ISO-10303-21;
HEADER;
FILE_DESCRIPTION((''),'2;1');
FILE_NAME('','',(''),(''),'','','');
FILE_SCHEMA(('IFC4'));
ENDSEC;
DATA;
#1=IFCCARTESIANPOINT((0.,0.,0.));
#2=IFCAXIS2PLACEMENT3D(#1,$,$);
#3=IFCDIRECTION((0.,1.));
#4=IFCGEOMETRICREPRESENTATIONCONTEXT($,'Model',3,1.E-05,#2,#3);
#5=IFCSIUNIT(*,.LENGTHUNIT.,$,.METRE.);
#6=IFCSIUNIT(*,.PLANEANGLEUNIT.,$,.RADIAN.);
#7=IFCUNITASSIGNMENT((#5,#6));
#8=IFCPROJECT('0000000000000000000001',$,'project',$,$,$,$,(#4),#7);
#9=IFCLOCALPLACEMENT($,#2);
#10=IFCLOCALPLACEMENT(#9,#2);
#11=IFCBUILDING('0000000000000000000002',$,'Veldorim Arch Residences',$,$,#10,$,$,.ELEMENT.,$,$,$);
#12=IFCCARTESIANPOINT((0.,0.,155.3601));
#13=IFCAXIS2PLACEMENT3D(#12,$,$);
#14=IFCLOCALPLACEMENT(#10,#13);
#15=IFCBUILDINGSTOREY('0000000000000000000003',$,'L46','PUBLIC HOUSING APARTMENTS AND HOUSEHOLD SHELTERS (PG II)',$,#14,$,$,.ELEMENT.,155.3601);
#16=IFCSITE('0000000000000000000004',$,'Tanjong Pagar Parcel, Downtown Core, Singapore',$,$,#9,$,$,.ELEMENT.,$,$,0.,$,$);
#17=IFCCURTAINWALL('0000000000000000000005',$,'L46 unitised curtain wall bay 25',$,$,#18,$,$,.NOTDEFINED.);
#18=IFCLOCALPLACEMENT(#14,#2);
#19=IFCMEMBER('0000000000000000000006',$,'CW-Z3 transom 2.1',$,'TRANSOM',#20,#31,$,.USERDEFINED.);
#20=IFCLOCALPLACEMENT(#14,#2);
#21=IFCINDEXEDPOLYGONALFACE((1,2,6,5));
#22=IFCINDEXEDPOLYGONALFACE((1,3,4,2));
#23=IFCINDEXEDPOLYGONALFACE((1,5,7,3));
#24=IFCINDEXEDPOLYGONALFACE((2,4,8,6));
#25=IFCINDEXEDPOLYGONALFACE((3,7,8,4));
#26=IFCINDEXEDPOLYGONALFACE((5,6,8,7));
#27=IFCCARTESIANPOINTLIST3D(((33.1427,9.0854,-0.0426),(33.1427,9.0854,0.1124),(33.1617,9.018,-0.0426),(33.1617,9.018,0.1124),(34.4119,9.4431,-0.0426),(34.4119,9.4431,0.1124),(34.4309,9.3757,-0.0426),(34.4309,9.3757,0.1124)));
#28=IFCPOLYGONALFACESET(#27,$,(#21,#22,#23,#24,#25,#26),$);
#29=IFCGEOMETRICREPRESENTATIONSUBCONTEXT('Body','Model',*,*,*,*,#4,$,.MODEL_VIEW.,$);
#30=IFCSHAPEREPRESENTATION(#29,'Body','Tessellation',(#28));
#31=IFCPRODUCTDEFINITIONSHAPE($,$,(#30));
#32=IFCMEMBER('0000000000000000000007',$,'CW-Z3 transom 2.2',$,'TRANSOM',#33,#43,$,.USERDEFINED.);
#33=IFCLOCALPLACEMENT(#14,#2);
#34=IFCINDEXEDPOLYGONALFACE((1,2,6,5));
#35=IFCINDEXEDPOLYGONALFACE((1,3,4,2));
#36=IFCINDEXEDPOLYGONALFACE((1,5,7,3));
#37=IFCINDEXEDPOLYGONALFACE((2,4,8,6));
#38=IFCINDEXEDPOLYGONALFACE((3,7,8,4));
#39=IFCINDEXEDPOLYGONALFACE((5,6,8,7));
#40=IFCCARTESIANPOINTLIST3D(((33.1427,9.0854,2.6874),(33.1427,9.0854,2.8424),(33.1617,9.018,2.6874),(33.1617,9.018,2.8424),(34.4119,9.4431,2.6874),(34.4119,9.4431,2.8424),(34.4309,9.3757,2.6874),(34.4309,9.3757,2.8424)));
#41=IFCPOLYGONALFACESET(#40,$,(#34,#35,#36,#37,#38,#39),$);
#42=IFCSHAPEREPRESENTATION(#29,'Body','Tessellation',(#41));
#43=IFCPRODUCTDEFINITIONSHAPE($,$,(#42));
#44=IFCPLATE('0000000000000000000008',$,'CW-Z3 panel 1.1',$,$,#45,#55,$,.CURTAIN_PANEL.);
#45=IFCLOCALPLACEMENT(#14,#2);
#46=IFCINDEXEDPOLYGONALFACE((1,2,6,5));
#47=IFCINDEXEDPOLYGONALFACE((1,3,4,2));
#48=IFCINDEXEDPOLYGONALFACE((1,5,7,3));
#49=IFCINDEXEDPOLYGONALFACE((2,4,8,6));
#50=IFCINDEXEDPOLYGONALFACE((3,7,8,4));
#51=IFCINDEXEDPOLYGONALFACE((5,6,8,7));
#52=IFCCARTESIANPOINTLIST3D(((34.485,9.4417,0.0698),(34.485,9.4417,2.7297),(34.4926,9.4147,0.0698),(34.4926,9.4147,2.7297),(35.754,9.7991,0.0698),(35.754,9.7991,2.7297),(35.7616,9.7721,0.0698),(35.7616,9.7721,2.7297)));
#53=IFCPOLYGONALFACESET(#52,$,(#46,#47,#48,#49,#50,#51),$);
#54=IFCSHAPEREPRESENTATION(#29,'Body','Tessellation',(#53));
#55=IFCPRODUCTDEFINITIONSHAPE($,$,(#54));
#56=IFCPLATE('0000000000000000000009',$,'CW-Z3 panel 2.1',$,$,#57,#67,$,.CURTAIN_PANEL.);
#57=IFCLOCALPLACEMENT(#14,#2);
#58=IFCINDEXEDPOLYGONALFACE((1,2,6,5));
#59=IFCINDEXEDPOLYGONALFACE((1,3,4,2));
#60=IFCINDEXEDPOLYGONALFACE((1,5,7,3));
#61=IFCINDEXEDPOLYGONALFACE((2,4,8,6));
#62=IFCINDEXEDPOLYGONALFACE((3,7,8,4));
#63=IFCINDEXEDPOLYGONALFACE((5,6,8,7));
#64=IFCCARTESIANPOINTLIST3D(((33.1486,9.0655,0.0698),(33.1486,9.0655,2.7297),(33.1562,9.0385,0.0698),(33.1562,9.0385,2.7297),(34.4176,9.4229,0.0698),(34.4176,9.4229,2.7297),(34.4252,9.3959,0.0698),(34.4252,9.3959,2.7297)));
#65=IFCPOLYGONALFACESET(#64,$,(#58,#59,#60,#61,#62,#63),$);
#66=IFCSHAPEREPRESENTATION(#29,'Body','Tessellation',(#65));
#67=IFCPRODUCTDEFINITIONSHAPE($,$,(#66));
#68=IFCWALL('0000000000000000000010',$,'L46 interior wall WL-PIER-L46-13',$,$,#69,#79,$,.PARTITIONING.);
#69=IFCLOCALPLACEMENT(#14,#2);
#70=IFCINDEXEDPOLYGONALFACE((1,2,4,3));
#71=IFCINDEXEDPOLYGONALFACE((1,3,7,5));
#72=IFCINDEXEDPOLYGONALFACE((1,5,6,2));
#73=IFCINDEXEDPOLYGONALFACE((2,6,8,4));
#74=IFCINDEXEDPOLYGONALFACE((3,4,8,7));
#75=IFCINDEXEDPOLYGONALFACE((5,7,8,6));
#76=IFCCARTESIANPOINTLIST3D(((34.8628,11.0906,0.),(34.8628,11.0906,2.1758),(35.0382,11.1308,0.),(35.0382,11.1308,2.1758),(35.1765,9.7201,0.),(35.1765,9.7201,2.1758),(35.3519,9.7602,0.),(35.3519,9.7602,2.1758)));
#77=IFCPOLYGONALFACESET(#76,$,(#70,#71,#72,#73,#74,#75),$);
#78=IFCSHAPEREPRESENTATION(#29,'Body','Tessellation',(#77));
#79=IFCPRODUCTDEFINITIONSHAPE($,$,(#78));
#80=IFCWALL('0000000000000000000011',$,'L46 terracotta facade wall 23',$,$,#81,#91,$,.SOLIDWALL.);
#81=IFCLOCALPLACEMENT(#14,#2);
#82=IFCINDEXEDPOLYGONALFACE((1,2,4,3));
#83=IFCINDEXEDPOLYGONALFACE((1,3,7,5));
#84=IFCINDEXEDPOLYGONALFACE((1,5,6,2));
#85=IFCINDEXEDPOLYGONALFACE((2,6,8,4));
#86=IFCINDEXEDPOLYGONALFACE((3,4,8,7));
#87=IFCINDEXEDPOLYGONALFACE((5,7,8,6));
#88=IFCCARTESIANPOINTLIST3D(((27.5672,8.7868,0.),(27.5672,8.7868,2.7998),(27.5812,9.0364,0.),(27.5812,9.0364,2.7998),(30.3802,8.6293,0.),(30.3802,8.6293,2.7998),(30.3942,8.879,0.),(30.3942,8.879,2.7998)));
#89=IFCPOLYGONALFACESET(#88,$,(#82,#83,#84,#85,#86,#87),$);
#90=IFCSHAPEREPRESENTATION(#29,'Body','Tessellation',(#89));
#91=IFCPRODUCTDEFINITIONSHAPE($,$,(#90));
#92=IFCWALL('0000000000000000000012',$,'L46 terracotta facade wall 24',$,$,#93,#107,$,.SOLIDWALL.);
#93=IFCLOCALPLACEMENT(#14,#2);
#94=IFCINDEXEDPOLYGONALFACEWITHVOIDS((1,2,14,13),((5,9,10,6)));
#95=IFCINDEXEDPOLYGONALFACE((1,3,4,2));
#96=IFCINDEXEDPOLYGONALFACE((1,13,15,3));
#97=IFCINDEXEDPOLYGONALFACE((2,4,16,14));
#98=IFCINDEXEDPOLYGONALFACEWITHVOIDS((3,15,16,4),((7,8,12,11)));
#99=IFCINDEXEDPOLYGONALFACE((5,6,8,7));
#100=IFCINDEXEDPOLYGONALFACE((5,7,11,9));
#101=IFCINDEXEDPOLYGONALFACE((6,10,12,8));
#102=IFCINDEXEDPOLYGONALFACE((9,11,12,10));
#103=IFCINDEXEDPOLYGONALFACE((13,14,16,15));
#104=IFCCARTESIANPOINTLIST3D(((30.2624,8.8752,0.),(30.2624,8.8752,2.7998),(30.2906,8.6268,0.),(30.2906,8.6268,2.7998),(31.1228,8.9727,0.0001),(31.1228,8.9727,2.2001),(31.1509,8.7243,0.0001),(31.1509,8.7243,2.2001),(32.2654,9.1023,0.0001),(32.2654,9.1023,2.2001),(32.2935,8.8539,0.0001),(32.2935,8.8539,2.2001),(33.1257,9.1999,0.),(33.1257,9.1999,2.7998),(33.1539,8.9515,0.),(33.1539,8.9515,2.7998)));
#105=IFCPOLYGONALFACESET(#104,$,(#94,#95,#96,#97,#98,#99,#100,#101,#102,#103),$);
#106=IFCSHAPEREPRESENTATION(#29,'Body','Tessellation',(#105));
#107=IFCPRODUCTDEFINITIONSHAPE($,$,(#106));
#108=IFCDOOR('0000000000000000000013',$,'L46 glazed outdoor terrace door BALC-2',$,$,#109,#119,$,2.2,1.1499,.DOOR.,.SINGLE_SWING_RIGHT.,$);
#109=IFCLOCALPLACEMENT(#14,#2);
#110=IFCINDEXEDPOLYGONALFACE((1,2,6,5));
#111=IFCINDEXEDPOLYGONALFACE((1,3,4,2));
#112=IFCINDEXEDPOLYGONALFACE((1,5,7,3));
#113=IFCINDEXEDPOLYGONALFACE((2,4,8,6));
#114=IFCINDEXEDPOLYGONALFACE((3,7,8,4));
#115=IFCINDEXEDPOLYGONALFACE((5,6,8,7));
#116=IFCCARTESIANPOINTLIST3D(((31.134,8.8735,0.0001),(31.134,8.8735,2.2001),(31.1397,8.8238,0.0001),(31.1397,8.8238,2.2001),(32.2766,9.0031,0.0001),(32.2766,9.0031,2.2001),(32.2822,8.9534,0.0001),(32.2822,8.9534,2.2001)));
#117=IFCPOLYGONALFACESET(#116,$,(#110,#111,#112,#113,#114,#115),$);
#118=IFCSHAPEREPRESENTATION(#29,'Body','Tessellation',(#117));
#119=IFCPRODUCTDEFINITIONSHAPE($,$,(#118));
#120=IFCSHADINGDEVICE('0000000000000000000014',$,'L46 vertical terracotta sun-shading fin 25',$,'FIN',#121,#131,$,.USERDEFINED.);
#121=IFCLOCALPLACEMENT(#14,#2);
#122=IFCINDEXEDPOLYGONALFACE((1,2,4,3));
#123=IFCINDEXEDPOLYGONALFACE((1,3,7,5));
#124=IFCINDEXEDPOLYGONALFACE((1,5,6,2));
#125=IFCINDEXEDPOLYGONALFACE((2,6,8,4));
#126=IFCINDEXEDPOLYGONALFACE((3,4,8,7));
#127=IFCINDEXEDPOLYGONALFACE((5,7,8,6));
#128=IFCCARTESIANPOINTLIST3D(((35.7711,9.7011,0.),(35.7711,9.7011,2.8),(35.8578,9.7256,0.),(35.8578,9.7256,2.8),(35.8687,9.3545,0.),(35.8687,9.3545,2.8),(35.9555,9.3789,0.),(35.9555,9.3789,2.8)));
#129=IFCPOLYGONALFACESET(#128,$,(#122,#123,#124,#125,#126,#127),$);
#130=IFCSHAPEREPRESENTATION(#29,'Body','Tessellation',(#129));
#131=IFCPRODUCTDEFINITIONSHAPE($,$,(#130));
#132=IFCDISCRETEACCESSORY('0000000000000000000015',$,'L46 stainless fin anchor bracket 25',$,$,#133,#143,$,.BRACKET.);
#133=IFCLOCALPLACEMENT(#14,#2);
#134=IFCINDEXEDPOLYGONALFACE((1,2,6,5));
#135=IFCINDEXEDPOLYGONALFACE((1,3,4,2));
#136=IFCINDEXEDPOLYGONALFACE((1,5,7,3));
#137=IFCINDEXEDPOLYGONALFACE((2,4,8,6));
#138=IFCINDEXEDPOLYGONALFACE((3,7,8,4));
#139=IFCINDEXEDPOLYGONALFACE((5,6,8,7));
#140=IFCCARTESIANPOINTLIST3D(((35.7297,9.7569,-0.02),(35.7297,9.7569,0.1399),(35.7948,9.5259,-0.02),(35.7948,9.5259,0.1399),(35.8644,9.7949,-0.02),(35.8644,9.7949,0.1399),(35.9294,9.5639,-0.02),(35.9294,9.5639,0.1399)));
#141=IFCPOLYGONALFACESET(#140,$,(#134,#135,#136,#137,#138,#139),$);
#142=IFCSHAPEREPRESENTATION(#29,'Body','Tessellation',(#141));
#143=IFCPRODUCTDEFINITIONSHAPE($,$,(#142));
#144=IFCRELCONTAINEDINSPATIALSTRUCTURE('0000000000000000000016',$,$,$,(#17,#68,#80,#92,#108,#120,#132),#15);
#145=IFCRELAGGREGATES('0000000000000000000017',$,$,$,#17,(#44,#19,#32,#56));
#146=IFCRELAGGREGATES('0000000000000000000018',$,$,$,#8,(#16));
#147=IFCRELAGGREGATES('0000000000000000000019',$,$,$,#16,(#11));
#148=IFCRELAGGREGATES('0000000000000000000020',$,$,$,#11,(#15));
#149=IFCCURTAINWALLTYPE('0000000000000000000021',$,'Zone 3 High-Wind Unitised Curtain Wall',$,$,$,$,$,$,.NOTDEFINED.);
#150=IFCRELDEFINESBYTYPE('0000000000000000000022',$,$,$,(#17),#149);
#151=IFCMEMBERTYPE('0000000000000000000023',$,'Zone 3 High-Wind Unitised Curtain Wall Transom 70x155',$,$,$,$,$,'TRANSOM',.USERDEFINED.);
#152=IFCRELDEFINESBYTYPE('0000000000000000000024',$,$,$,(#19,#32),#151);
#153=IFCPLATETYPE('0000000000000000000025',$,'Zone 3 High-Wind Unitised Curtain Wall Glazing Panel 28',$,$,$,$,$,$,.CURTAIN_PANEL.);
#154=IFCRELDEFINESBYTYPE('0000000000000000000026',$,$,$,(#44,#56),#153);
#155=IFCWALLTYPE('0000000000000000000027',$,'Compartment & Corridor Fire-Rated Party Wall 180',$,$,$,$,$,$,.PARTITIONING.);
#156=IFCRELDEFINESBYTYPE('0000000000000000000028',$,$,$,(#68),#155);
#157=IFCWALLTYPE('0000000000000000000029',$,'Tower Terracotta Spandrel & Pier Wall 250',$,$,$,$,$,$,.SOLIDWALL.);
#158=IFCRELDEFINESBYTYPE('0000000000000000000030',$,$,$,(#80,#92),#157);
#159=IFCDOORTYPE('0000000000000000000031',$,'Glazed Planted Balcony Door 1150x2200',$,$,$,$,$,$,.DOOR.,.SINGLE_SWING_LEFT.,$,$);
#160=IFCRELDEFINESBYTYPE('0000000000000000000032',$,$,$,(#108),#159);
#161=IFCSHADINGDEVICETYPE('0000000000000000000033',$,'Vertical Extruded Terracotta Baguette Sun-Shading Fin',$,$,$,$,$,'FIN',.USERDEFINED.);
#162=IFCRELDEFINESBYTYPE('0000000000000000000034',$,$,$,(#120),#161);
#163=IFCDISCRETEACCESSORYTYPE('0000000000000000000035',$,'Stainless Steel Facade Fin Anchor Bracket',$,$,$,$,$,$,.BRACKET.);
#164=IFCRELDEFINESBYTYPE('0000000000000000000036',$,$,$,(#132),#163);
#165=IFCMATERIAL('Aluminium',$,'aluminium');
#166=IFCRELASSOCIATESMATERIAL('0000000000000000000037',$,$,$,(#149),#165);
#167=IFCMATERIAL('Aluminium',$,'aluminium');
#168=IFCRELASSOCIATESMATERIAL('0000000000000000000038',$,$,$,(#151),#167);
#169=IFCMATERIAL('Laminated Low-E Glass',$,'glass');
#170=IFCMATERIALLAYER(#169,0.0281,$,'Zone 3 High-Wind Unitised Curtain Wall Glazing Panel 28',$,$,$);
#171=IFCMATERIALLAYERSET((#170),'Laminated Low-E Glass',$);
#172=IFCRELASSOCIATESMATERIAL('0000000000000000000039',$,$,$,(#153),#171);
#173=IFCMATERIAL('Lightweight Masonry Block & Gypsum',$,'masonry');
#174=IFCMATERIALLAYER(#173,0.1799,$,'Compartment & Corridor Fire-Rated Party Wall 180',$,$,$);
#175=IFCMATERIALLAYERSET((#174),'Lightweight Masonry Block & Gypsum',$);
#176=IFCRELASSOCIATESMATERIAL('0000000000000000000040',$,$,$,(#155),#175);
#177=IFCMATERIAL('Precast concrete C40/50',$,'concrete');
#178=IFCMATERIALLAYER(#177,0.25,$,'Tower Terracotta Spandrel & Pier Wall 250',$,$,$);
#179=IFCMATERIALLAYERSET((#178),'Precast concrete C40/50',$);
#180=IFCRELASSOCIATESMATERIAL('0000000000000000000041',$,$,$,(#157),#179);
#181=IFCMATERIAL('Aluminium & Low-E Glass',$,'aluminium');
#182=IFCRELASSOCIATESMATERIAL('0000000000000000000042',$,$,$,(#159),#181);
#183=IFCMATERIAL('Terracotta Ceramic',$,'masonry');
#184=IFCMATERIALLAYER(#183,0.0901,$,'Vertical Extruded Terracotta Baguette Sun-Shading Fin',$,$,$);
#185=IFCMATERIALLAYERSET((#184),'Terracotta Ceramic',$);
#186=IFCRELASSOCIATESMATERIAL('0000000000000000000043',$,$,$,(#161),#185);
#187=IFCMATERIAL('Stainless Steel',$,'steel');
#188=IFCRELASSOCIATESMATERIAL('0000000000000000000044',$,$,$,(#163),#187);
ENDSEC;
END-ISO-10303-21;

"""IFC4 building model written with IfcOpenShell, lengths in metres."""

from ifc_helpers import new_model, si_unit, direction, frame, frame_2d, origin, origin_2d, place, context, subcontext, project, spatial, rectangle, extrude, material, layer, layer_set, material_profile, profile_set, type_object, element, fill, aggregate, save


model = new_model("IFC4")

# Units and contexts
model_context = context("Model", 3, precision=1e-05, world=origin(), true_north=direction((0.0, 1.0)))
body_context = subcontext(model_context, "Body", "Model", "MODEL_VIEW")
ifc_project = project(units=[si_unit("LENGTHUNIT", "METRE"), si_unit("PLANEANGLEUNIT", "RADIAN")], contexts=[model_context])

# Site, building, storey
site_placement = place(None, origin())
site = spatial("IfcSite", under=ifc_project, at=site_placement, Name="Tanjong Pagar Parcel, Downtown Core, Singapore", CompositionType="ELEMENT", RefElevation=0.0)
building_placement = place(site_placement, origin())
building = spatial("IfcBuilding", under=site, at=building_placement, Name="Veldorim Arch Residences", CompositionType="ELEMENT")
storey_placement = place(building_placement, frame((0.0, 0.0, 155.3601)))
storey = spatial("IfcBuildingStorey", under=building, at=storey_placement, Name="L46", Description="PUBLIC HOUSING APARTMENTS AND HOUSEHOLD SHELTERS (PG II)", CompositionType="ELEMENT", Elevation=155.3601)

# Curtain wall, members, plates
ifc_material_1 = material(Name="Aluminium", Category="aluminium")
curtain_wall_type = type_object("IfcCurtainWallType", Name="Zone 3 High-Wind Unitised Curtain Wall", PredefinedType="NOTDEFINED", material=ifc_material_1)
curtain_wall_placement = place(storey_placement, origin())
curtain_wall = element("IfcCurtainWall", 1, at=curtain_wall_placement, inside=storey, type_object=curtain_wall_type, Name="L46 unitised curtain wall bay 25", PredefinedType="NOTDEFINED")
ifc_material_2 = material(Name="Aluminium", Category="aluminium")
ifc_material_profile_1 = material_profile(ifc_material_2, rectangle(XDim=0.0701, YDim=0.155, at=origin_2d()), Name="ALU_TRN_70x155")
ifc_profile_set_1 = profile_set([ifc_material_profile_1], Name="Aluminium")
member_type_1 = type_object("IfcMemberType", Name="Zone 3 High-Wind Unitised Curtain Wall Transom 70x155", ElementType="TRANSOM", PredefinedType="USERDEFINED", material=ifc_profile_set_1)
member_1_placement = place(storey_placement, frame((34.4214, 9.4094, 0.0349), z_axis=(-0.962503, -0.271271, 0.0), x_axis=(0.271271, -0.962503, 0.0)))
member_1 = element("IfcMember", 2, at=member_1_placement, type_object=member_type_1, Name="CW-Z3 transom 2.1", ObjectType="TRANSOM", PredefinedType="USERDEFINED", context=body_context, shape_type="SweptSolid", body=[
    extrude(rectangle(XDim=0.0701, YDim=0.155, at=origin_2d()), origin(), (0.0, 0.0, 1.0), 1.3186),
])
member_2_placement = place(storey_placement, frame((34.4214, 9.4094, 2.7649), z_axis=(-0.962503, -0.271271, 0.0), x_axis=(0.271271, -0.962503, 0.0)))
member_2 = element("IfcMember", 3, at=member_2_placement, type_object=member_type_1, Name="CW-Z3 transom 2.2", ObjectType="TRANSOM", PredefinedType="USERDEFINED", context=body_context, shape_type="SweptSolid", body=[
    extrude(rectangle(XDim=0.0701, YDim=0.155, at=origin_2d()), origin(), (0.0, 0.0, 1.0), 1.3186),
])
ifc_material_3 = material(Name="Laminated Low-E Glass", Category="glass")
ifc_layer_1 = layer(ifc_material_3, 0.0281, Name="Zone 3 High-Wind Unitised Curtain Wall Glazing Panel 28")
ifc_layer_set_1 = layer_set([ifc_layer_1], Name="Laminated Low-E Glass")
plate_type = type_object("IfcPlateType", Name="Zone 3 High-Wind Unitised Curtain Wall Glazing Panel 28", PredefinedType="CURTAIN_PANEL", material=ifc_layer_set_1)
plate_1_placement = place(storey_placement, frame((35.1233, 9.6069, 0.0698), z_axis=(0.0, 0.0, 1.0), x_axis=(-0.962551, -0.271101, 0.0)))
plate_1 = element("IfcPlate", 4, at=plate_1_placement, type_object=plate_type, Name="CW-Z3 panel 1.1", PredefinedType="CURTAIN_PANEL", context=body_context, shape_type="SweptSolid", body=[
    extrude(rectangle(XDim=1.3184, YDim=0.0281, at=origin_2d()), origin(), (0.0, 0.0, 1.0), 2.6599),
])
plate_2_placement = place(storey_placement, frame((33.7869, 9.2307, 0.0698), z_axis=(0.0, 0.0, 1.0), x_axis=(-0.962551, -0.271101, 0.0)))
plate_2 = element("IfcPlate", 5, at=plate_2_placement, type_object=plate_type, Name="CW-Z3 panel 2.1", PredefinedType="CURTAIN_PANEL", context=body_context, shape_type="SweptSolid", body=[
    extrude(rectangle(XDim=1.3184, YDim=0.0281, at=origin_2d()), origin(), (0.0, 0.0, 1.0), 2.6599),
])
aggregate(curtain_wall, [plate_1, member_1, member_2, plate_2])

# Walls
ifc_material_4 = material(Name="Lightweight Masonry Block & Gypsum", Category="masonry")
ifc_layer_2 = layer(ifc_material_4, 0.1799, Name="Compartment & Corridor Fire-Rated Party Wall 180")
ifc_layer_set_2 = layer_set([ifc_layer_2], Name="Lightweight Masonry Block & Gypsum")
wall_type_1 = type_object("IfcWallType", Name="Compartment & Corridor Fire-Rated Party Wall 180", PredefinedType="PARTITIONING", material=ifc_layer_set_2)
wall_1_placement = place(storey_placement, frame((34.9504, 11.1108, 0.0), z_axis=(0.0, 0.0, 1.0), x_axis=(0.223122, -0.974791, 0.0)))
element("IfcWall", 6, at=wall_1_placement, inside=storey, type_object=wall_type_1, Name="L46 interior wall WL-PIER-L46-13", PredefinedType="PARTITIONING", context=body_context, shape_type="SweptSolid", body=[
    extrude(rectangle(XDim=1.406, YDim=0.1799, at=frame_2d((0.7031, 0.0))), origin(), (0.0, 0.0, 1.0), 2.1758),
])
ifc_material_5 = material(Name="Precast concrete C40/50", Category="concrete")
ifc_layer_3 = layer(ifc_material_5, 0.25, Name="Tower Terracotta Spandrel & Pier Wall 250")
ifc_layer_set_3 = layer_set([ifc_layer_3], Name="Precast concrete C40/50")
wall_type_2 = type_object("IfcWallType", Name="Tower Terracotta Spandrel & Pier Wall 250", PredefinedType="SOLIDWALL", material=ifc_layer_set_3)
wall_2_placement = place(storey_placement, frame((30.3872, 8.7542, 0.0), z_axis=(0.0, 0.0, 1.0), x_axis=(-0.998437, 0.055892, 0.0)))
element("IfcWall", 7, at=wall_2_placement, inside=storey, type_object=wall_type_2, Name="L46 terracotta facade wall 23", PredefinedType="SOLIDWALL", context=body_context, shape_type="SweptSolid", body=[
    extrude(rectangle(XDim=2.8174, YDim=0.25, at=frame_2d((1.4087, 0.0))), origin(), (0.0, 0.0, 1.0), 2.7998),
])

# Wall, opening, door
wall_3_placement = place(storey_placement, frame((33.1399, 9.0757, 0.0), z_axis=(0.0, 0.0, 1.0), x_axis=(-0.993631, -0.112682, 0.0)))
wall_3 = element("IfcWall", 8, at=wall_3_placement, inside=storey, type_object=wall_type_2, Name="L46 terracotta facade wall 24", PredefinedType="SOLIDWALL", context=body_context, shape_type="SweptSolid", body=[
    extrude(rectangle(XDim=2.8816, YDim=0.25, at=frame_2d((1.4409, 0.0))), origin(), (0.0, 0.0, 1.0), 2.7998),
])
opening_placement = place(wall_3_placement, frame((0.866, 0.0, 0.0)))
opening = element("IfcOpeningElement", 9, at=opening_placement, cuts=wall_3, PredefinedType="OPENING", context=body_context, shape_type="SweptSolid", body=[
    extrude(rectangle(XDim=1.1499, YDim=2.2, at=frame_2d((0.575, 1.1001))), frame((0.0, 0.135, 0.0), z_axis=(0.0, -1.0, 0.0), x_axis=(1.0, 0.0, 0.0)), (0.0, 0.0, 1.0), 0.27),
])
ifc_material_6 = material(Name="Aluminium & Low-E Glass", Category="aluminium")
door_type = type_object("IfcDoorType", Name="Glazed Planted Balcony Door 1150x2200", OperationType="SINGLE_SWING_LEFT", PredefinedType="DOOR", material=ifc_material_6)
door_placement = place(opening_placement, origin())
door = element("IfcDoor", 10, at=door_placement, inside=storey, type_object=door_type, Name="L46 glazed outdoor terrace door BALC-2", OperationType="SINGLE_SWING_RIGHT", OverallHeight=2.2, OverallWidth=1.1499, PredefinedType="DOOR", context=body_context, shape_type="SweptSolid", body=[
    extrude(rectangle(XDim=1.1499, YDim=2.2, at=frame_2d((0.575, 1.1001))), frame((0.0, 0.0249, 0.0), z_axis=(0.0, -1.0, 0.0), x_axis=(1.0, 0.0, 0.0)), (0.0, 0.0, 1.0), 0.05),
])
fill(opening, door)

# Shading device
ifc_material_7 = material(Name="Terracotta Ceramic", Category="masonry")
ifc_layer_4 = layer(ifc_material_7, 0.0901, Name="Vertical Extruded Terracotta Baguette Sun-Shading Fin")
ifc_layer_set_4 = layer_set([ifc_layer_4], Name="Terracotta Ceramic")
shading_device_type = type_object("IfcShadingDeviceType", Name="Vertical Extruded Terracotta Baguette Sun-Shading Fin", ElementType="FIN", PredefinedType="USERDEFINED", material=ifc_layer_set_4)
shading_device_placement = place(storey_placement, frame((35.8633, 9.54, 0.0), z_axis=(0.0, 0.0, 1.0), x_axis=(-0.96255, -0.271104, 0.0)))
element("IfcShadingDevice", 11, at=shading_device_placement, inside=storey, type_object=shading_device_type, Name="L46 vertical terracotta sun-shading fin 25", ObjectType="FIN", PredefinedType="USERDEFINED", context=body_context, shape_type="SweptSolid", body=[
    extrude(rectangle(XDim=0.0901, YDim=0.3601, at=origin_2d()), origin(), (0.0, 0.0, 1.0), 2.8),
])

# Discrete accessory
ifc_material_8 = material(Name="Stainless Steel", Category="steel")
discrete_accessory_type = type_object("IfcDiscreteAccessoryType", Name="Stainless Steel Facade Fin Anchor Bracket", PredefinedType="BRACKET", material=ifc_material_8)
discrete_accessory_placement = place(storey_placement, frame((35.8296, 9.6604, -0.02), z_axis=(0.0, 0.0, 1.0), x_axis=(-0.96255, -0.271104, 0.0)))
element("IfcDiscreteAccessory", 12, at=discrete_accessory_placement, inside=storey, type_object=discrete_accessory_type, Name="L46 stainless fin anchor bracket 25", PredefinedType="BRACKET", context=body_context, shape_type="SweptSolid", body=[
    extrude(rectangle(XDim=0.1399, YDim=0.24, at=origin_2d()), origin(), (0.0, 0.0, 1.0), 0.1599),
])

save(model, "model.ifc")
